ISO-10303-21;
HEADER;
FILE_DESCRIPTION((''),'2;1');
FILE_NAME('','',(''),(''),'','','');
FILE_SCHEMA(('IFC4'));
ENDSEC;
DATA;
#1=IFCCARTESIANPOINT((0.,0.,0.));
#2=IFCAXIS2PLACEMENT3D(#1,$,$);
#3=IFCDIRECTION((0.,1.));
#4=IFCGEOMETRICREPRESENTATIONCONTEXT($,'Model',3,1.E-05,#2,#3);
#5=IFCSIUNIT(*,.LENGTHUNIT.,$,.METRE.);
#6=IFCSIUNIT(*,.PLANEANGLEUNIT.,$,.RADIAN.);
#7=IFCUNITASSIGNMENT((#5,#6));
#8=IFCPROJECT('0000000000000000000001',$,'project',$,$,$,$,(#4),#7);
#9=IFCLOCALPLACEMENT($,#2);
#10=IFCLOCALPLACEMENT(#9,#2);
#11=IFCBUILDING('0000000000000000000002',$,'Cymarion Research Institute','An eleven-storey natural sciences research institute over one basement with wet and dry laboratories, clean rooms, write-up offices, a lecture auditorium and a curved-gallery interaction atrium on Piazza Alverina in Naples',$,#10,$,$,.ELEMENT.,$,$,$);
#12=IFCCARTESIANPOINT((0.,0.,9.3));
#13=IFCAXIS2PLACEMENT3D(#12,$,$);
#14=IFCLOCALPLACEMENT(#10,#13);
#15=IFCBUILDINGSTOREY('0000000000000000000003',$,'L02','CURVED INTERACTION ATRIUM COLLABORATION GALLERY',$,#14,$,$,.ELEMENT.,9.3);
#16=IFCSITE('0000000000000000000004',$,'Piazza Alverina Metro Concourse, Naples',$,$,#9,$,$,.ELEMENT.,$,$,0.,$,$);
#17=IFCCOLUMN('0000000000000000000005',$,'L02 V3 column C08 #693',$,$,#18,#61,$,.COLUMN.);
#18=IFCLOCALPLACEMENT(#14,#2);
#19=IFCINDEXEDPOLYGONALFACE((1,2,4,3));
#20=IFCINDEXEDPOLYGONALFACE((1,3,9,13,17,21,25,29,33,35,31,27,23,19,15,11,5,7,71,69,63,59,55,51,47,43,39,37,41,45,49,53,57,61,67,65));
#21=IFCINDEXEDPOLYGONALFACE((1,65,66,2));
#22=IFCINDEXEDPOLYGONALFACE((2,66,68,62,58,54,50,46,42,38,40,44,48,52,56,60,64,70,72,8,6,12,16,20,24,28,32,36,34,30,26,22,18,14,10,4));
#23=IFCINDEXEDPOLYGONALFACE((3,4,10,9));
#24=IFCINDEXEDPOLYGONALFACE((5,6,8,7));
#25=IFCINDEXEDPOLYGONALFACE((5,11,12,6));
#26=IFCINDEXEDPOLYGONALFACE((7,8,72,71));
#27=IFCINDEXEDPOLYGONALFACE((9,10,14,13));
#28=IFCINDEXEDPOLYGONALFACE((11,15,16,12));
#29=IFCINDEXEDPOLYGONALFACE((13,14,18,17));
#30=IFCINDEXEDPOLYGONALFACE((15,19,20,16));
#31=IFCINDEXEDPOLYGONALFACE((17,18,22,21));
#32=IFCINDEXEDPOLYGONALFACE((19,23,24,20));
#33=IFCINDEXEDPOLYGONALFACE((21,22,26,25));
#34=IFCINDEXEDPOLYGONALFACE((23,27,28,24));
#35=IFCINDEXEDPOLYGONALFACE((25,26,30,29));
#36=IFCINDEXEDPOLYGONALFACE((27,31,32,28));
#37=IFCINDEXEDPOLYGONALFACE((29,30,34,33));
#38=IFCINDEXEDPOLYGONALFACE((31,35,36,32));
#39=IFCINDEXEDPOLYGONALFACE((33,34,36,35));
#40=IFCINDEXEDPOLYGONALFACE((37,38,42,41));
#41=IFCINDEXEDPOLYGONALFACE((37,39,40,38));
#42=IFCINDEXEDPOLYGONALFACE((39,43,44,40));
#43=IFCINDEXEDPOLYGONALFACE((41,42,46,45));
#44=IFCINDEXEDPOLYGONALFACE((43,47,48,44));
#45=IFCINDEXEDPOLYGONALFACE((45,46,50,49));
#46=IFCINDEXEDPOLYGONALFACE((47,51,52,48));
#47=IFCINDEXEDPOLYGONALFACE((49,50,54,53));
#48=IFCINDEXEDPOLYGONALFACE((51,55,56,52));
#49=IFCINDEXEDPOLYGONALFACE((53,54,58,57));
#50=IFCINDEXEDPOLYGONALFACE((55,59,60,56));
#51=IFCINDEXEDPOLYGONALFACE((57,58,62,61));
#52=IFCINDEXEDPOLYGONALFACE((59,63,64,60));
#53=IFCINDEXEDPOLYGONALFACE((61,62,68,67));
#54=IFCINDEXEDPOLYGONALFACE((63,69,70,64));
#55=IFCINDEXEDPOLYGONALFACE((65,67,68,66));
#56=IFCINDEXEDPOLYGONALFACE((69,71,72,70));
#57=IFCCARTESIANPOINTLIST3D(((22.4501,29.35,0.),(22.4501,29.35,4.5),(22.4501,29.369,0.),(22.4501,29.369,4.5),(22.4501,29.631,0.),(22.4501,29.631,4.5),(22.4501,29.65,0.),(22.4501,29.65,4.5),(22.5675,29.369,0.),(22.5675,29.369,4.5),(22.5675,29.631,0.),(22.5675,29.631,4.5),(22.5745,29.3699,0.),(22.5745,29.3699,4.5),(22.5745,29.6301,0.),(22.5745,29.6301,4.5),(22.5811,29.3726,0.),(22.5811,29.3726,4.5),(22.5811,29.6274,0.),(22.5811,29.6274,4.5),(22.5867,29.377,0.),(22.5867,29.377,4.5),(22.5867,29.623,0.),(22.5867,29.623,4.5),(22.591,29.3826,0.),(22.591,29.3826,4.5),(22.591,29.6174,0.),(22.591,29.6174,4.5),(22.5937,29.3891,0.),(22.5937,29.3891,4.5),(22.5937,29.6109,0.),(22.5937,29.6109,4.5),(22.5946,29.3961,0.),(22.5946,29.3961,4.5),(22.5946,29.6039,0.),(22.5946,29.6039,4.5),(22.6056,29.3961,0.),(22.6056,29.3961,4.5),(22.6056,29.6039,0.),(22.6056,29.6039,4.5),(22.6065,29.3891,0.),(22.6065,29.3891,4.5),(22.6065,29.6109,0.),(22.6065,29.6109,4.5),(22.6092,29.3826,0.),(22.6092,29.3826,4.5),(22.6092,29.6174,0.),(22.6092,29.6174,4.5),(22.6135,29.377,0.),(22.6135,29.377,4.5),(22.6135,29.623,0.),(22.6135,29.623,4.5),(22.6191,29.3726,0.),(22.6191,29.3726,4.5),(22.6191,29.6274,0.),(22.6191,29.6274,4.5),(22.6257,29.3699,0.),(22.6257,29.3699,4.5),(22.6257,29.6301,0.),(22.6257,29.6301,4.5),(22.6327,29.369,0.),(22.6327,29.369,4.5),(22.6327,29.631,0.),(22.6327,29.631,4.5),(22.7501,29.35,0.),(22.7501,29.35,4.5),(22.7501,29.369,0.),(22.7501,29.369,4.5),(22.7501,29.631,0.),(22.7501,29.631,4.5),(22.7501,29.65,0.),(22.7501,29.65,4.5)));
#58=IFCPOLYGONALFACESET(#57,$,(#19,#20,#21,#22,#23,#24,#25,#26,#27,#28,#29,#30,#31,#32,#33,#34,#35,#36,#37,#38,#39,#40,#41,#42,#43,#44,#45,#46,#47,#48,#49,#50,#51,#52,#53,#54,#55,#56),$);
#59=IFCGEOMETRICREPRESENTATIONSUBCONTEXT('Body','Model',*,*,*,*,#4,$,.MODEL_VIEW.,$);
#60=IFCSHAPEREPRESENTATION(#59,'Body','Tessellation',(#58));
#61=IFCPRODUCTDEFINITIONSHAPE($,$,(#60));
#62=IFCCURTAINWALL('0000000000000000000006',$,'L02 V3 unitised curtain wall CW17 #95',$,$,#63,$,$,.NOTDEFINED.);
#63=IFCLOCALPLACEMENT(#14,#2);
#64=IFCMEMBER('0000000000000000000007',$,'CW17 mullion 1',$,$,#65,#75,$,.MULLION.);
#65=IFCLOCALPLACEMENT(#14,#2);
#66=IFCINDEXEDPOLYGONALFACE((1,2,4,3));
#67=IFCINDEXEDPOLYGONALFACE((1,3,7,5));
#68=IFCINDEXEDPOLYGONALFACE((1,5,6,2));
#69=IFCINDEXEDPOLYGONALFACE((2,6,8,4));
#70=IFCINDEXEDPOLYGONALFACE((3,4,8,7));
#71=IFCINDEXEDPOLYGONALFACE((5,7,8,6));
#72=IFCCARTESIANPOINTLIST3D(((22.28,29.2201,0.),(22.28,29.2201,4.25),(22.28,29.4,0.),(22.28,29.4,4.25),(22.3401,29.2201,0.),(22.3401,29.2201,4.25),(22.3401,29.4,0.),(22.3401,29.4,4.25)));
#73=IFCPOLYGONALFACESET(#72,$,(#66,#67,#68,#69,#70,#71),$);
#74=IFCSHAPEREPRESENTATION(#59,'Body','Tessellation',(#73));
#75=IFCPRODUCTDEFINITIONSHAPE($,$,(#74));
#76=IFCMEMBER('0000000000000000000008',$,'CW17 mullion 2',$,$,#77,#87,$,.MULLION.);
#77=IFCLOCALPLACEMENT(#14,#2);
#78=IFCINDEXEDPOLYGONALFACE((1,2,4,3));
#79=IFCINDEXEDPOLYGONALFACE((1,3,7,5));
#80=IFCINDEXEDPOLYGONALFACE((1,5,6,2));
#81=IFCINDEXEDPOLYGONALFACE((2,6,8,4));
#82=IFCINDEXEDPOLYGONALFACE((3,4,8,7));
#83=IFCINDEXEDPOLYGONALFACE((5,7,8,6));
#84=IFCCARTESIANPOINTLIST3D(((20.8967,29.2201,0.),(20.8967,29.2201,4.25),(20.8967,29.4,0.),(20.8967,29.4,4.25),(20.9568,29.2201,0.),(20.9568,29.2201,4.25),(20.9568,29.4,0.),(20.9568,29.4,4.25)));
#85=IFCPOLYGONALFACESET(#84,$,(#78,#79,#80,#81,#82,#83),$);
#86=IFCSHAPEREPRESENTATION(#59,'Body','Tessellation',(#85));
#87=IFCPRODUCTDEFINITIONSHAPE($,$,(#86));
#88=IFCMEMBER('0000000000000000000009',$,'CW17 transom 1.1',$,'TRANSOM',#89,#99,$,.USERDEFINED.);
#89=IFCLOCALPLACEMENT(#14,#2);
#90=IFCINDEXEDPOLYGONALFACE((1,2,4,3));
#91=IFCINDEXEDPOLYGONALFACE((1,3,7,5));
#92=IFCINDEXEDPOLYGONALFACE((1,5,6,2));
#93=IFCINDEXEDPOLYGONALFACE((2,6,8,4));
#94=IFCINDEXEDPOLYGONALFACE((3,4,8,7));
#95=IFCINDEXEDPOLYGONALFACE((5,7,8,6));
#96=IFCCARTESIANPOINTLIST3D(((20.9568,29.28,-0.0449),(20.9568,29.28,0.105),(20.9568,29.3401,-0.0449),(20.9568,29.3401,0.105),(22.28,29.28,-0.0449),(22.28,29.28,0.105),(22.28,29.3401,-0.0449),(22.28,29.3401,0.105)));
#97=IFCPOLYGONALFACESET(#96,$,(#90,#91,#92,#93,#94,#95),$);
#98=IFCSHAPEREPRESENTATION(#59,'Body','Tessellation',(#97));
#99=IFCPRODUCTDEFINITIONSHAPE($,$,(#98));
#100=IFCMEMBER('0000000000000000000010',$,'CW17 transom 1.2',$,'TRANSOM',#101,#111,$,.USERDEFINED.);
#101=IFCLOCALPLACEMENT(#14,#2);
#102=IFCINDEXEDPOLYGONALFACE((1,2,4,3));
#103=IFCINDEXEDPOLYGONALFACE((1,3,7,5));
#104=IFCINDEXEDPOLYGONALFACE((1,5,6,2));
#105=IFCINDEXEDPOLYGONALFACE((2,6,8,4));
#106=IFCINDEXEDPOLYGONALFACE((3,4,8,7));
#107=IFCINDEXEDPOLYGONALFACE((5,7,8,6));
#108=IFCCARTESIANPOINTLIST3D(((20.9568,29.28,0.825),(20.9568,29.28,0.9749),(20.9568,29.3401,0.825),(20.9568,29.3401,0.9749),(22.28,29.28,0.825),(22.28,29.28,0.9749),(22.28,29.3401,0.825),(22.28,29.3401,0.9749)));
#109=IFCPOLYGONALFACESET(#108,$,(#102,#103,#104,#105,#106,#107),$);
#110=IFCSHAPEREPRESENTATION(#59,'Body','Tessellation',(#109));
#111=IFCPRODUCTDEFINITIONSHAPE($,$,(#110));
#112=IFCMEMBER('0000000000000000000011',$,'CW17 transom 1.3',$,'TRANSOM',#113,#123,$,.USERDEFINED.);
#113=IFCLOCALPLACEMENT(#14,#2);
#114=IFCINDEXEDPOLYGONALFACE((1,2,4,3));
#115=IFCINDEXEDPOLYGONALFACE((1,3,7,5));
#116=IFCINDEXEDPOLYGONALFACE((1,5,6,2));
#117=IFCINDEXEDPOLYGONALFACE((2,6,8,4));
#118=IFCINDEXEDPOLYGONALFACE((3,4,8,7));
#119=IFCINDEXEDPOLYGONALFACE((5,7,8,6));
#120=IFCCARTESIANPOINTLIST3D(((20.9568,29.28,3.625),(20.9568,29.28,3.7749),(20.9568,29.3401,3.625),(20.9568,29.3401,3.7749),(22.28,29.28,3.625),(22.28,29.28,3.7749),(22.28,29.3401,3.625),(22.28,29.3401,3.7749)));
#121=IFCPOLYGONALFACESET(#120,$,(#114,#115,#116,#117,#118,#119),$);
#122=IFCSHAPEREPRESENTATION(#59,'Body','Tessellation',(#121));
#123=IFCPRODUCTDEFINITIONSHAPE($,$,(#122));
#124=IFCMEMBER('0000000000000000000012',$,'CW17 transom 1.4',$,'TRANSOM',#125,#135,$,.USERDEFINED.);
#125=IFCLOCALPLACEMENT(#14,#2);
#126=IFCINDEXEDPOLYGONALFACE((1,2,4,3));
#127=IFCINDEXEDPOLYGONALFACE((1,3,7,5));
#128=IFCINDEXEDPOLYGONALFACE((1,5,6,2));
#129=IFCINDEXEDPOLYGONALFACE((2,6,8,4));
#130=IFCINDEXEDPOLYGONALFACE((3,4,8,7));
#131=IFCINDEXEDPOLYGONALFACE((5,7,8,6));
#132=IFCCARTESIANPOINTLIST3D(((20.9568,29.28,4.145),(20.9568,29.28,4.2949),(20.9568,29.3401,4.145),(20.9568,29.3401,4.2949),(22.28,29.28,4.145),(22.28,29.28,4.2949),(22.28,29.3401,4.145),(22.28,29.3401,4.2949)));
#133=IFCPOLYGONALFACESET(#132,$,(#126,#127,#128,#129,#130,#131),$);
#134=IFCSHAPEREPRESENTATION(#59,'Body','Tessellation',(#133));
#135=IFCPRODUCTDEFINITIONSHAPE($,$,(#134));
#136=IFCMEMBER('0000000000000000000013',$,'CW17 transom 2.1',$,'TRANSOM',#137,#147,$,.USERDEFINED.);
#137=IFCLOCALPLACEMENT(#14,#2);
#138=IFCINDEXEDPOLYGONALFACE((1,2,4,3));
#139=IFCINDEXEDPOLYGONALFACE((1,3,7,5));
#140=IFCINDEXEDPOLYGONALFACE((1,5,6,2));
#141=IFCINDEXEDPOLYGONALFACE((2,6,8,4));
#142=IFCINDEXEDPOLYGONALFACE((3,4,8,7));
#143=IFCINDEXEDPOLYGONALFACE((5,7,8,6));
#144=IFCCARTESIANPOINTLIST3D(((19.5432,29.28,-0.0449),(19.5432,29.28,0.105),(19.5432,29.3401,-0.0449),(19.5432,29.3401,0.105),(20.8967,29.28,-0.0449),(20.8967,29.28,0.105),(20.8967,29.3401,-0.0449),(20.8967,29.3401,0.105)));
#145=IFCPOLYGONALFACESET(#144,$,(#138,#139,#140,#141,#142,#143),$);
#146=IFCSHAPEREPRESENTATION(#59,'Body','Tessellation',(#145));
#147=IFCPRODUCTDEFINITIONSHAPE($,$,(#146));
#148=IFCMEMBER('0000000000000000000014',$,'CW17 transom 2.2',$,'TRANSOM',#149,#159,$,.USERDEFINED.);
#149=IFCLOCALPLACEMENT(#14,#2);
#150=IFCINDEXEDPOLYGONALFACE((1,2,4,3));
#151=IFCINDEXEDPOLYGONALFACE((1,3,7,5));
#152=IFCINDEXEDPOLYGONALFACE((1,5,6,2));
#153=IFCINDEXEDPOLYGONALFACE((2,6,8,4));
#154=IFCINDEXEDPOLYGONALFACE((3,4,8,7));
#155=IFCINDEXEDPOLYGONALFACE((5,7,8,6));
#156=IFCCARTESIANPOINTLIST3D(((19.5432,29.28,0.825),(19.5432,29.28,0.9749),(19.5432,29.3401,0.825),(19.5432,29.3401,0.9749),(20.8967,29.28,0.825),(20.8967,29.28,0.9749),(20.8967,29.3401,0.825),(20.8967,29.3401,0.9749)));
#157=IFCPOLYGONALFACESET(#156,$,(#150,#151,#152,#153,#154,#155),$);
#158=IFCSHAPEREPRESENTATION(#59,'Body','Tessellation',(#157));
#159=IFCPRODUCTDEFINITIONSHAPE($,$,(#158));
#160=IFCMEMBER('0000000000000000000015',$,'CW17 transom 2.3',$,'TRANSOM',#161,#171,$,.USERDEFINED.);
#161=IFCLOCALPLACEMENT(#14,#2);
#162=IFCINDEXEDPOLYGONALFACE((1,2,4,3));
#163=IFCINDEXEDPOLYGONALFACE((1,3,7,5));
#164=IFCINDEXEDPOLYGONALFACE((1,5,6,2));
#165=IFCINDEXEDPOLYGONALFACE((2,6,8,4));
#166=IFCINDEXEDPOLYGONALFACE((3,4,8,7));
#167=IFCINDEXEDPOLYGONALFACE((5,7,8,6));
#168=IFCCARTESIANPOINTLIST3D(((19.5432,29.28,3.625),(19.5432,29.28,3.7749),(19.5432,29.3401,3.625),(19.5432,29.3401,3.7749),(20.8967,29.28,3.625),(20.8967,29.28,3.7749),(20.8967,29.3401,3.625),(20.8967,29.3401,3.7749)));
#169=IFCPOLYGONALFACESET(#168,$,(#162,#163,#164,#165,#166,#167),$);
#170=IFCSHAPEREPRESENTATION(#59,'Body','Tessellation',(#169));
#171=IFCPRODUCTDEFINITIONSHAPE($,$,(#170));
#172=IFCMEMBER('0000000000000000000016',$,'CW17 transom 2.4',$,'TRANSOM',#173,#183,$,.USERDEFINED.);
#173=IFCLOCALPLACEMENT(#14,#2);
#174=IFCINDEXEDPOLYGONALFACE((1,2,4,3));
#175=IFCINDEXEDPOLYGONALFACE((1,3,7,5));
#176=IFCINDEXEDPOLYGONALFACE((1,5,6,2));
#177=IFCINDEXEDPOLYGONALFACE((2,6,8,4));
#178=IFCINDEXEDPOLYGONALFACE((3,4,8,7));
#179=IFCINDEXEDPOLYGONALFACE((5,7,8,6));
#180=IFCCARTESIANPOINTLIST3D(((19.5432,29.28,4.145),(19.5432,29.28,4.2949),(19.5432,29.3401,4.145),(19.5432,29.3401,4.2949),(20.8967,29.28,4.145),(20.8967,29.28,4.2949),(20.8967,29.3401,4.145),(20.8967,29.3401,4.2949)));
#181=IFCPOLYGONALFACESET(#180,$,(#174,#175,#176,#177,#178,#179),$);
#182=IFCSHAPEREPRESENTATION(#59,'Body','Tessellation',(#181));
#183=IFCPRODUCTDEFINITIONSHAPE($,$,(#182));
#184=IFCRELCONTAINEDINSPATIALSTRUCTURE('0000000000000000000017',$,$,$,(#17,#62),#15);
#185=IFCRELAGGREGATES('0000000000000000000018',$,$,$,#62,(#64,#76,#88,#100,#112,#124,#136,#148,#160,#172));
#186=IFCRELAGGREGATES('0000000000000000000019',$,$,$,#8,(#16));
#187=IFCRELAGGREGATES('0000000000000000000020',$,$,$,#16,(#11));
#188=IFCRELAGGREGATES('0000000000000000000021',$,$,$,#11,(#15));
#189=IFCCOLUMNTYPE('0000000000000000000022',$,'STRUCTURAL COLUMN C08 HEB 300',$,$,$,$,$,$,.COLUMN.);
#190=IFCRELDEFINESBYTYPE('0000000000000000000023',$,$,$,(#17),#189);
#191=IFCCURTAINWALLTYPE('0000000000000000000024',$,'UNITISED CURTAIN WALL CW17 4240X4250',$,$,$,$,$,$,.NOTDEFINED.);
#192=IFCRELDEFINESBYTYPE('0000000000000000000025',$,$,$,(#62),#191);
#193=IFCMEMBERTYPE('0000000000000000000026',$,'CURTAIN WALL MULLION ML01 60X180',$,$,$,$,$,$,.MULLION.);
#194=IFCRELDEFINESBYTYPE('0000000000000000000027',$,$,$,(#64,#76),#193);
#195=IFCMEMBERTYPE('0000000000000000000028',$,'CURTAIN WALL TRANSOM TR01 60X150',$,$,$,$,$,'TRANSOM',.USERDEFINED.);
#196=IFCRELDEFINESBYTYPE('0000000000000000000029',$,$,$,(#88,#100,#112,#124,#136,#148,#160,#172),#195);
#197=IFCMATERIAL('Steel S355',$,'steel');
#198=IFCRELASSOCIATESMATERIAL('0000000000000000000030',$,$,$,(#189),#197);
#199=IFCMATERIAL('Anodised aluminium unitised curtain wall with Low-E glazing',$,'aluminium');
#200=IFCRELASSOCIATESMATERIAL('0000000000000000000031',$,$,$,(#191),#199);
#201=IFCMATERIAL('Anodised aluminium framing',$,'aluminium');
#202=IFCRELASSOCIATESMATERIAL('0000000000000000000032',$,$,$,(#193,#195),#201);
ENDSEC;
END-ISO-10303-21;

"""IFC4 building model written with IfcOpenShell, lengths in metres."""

from ifc_helpers import new_model, si_unit, direction, frame, origin, origin_2d, place, context, subcontext, project, spatial, rectangle, i_section, extrude, material, material_profile, profile_set, type_object, element, aggregate, save


model = new_model("IFC4")

# Units and contexts
model_context = context("Model", 3, precision=1e-05, world=origin(), true_north=direction((0.0, 1.0)))
body_context = subcontext(model_context, "Body", "Model", "MODEL_VIEW")
ifc_project = project(units=[si_unit("LENGTHUNIT", "METRE"), si_unit("PLANEANGLEUNIT", "RADIAN")], contexts=[model_context])

# Site, building, storey
site_placement = place(None, origin())
site = spatial("IfcSite", under=ifc_project, at=site_placement, Name="Piazza Alverina Metro Concourse, Naples", CompositionType="ELEMENT", RefElevation=0.0)
building_placement = place(site_placement, origin())
building = spatial("IfcBuilding", under=site, at=building_placement, Name="Cymarion Research Institute", Description="An eleven-storey natural sciences research institute over one basement with wet and dry laboratories, clean rooms, write-up offices, a lecture auditorium and a curved-gallery interaction atrium on Piazza Alverina in Naples", CompositionType="ELEMENT")
storey_placement = place(building_placement, frame((0.0, 0.0, 9.3)))
storey = spatial("IfcBuildingStorey", under=building, at=storey_placement, Name="L02", Description="CURVED INTERACTION ATRIUM COLLABORATION GALLERY", CompositionType="ELEMENT", Elevation=9.3)

# Column
ifc_material_1 = material(Name="Steel S355", Category="steel")
ifc_material_profile_1 = material_profile(ifc_material_1, i_section(OverallWidth=0.3, OverallDepth=0.3, WebThickness=0.011, FlangeThickness=0.019, FilletRadius=0.0271, at=origin_2d()), Name="HEB 300")
ifc_profile_set_1 = profile_set([ifc_material_profile_1], Name="Steel S355")
column_type = type_object("IfcColumnType", Name="STRUCTURAL COLUMN C08 HEB 300", PredefinedType="COLUMN", material=ifc_profile_set_1)
column_placement = place(storey_placement, frame((22.6001, 29.5, 0.0), z_axis=(0.0, 0.0, 1.0), x_axis=(1.0, 0.0, 0.0)))
element("IfcColumn", 1, at=column_placement, inside=storey, type_object=column_type, Name="L02 V3 column C08 #693", PredefinedType="COLUMN", context=body_context, shape_type="SweptSolid", body=[
    extrude(i_section(OverallWidth=0.3, OverallDepth=0.3, WebThickness=0.011, FlangeThickness=0.019, FilletRadius=0.0271, at=origin_2d()), origin(), (0.0, 0.0, 1.0), 4.5),
])

# Curtain wall, members
ifc_material_2 = material(Name="Anodised aluminium unitised curtain wall with Low-E glazing", Category="aluminium")
curtain_wall_type = type_object("IfcCurtainWallType", Name="UNITISED CURTAIN WALL CW17 4240X4250", PredefinedType="NOTDEFINED", material=ifc_material_2)
curtain_wall_placement = place(storey_placement, origin())
curtain_wall = element("IfcCurtainWall", 2, at=curtain_wall_placement, inside=storey, type_object=curtain_wall_type, Name="L02 V3 unitised curtain wall CW17 #95", PredefinedType="NOTDEFINED")
ifc_material_3 = material(Name="Anodised aluminium framing", Category="aluminium")
ifc_material_profile_2 = material_profile(ifc_material_3, rectangle(XDim=0.0601, YDim=0.1799, at=origin_2d()), Name="ALU MULLION 60x180")
ifc_profile_set_2 = profile_set([ifc_material_profile_2], Name="Anodised aluminium framing")
member_type_1 = type_object("IfcMemberType", Name="CURTAIN WALL MULLION ML01 60X180", PredefinedType="MULLION", material=ifc_profile_set_2)
member_1_placement = place(storey_placement, frame((22.3101, 29.3101, 0.0), z_axis=(0.0, 0.0, 1.0), x_axis=(-1.0, 0.0, 0.0)))
member_1 = element("IfcMember", 3, at=member_1_placement, type_object=member_type_1, Name="CW17 mullion 1", PredefinedType="MULLION", context=body_context, shape_type="SweptSolid", body=[
    extrude(rectangle(XDim=0.0601, YDim=0.1799, at=origin_2d()), origin(), (0.0, 0.0, 1.0), 4.25),
])
member_2_placement = place(storey_placement, frame((20.9268, 29.3101, 0.0), z_axis=(0.0, 0.0, 1.0), x_axis=(-1.0, 0.0, 0.0)))
member_2 = element("IfcMember", 4, at=member_2_placement, type_object=member_type_1, Name="CW17 mullion 2", PredefinedType="MULLION", context=body_context, shape_type="SweptSolid", body=[
    extrude(rectangle(XDim=0.0601, YDim=0.1799, at=origin_2d()), origin(), (0.0, 0.0, 1.0), 4.25),
])
ifc_material_profile_3 = material_profile(ifc_material_3, rectangle(XDim=0.0601, YDim=0.1499, at=origin_2d()), Name="ALU TRANSOM 60x150")
ifc_profile_set_3 = profile_set([ifc_material_profile_3], Name="Anodised aluminium framing")
member_type_2 = type_object("IfcMemberType", Name="CURTAIN WALL TRANSOM TR01 60X150", ElementType="TRANSOM", PredefinedType="USERDEFINED", material=ifc_profile_set_3)
member_3_placement = place(storey_placement, frame((22.28, 29.3101, 0.03), z_axis=(-1.0, 0.0, 0.0), x_axis=(0.0, -1.0, 0.0)))
member_3 = element("IfcMember", 5, at=member_3_placement, type_object=member_type_2, Name="CW17 transom 1.1", ObjectType="TRANSOM", PredefinedType="USERDEFINED", context=body_context, shape_type="SweptSolid", body=[
    extrude(rectangle(XDim=0.0601, YDim=0.1499, at=origin_2d()), origin(), (0.0, 0.0, 1.0), 1.3232),
])
member_4_placement = place(storey_placement, frame((22.28, 29.3101, 0.8999), z_axis=(-1.0, 0.0, 0.0), x_axis=(0.0, -1.0, 0.0)))
member_4 = element("IfcMember", 6, at=member_4_placement, type_object=member_type_2, Name="CW17 transom 1.2", ObjectType="TRANSOM", PredefinedType="USERDEFINED", context=body_context, shape_type="SweptSolid", body=[
    extrude(rectangle(XDim=0.0601, YDim=0.1499, at=origin_2d()), origin(), (0.0, 0.0, 1.0), 1.3232),
])
member_5_placement = place(storey_placement, frame((22.28, 29.3101, 3.7), z_axis=(-1.0, 0.0, 0.0), x_axis=(0.0, -1.0, 0.0)))
member_5 = element("IfcMember", 7, at=member_5_placement, type_object=member_type_2, Name="CW17 transom 1.3", ObjectType="TRANSOM", PredefinedType="USERDEFINED", context=body_context, shape_type="SweptSolid", body=[
    extrude(rectangle(XDim=0.0601, YDim=0.1499, at=origin_2d()), origin(), (0.0, 0.0, 1.0), 1.3232),
])
member_6_placement = place(storey_placement, frame((22.28, 29.3101, 4.22), z_axis=(-1.0, 0.0, 0.0), x_axis=(0.0, -1.0, 0.0)))
member_6 = element("IfcMember", 8, at=member_6_placement, type_object=member_type_2, Name="CW17 transom 1.4", ObjectType="TRANSOM", PredefinedType="USERDEFINED", context=body_context, shape_type="SweptSolid", body=[
    extrude(rectangle(XDim=0.0601, YDim=0.1499, at=origin_2d()), origin(), (0.0, 0.0, 1.0), 1.3232),
])
member_7_placement = place(storey_placement, frame((20.8967, 29.3101, 0.03), z_axis=(-1.0, 0.0, 0.0), x_axis=(0.0, -1.0, 0.0)))
member_7 = element("IfcMember", 9, at=member_7_placement, type_object=member_type_2, Name="CW17 transom 2.1", ObjectType="TRANSOM", PredefinedType="USERDEFINED", context=body_context, shape_type="SweptSolid", body=[
    extrude(rectangle(XDim=0.0601, YDim=0.1499, at=origin_2d()), origin(), (0.0, 0.0, 1.0), 1.3535),
])
member_8_placement = place(storey_placement, frame((20.8967, 29.3101, 0.8999), z_axis=(-1.0, 0.0, 0.0), x_axis=(0.0, -1.0, 0.0)))
member_8 = element("IfcMember", 10, at=member_8_placement, type_object=member_type_2, Name="CW17 transom 2.2", ObjectType="TRANSOM", PredefinedType="USERDEFINED", context=body_context, shape_type="SweptSolid", body=[
    extrude(rectangle(XDim=0.0601, YDim=0.1499, at=origin_2d()), origin(), (0.0, 0.0, 1.0), 1.3535),
])
member_9_placement = place(storey_placement, frame((20.8967, 29.3101, 3.7), z_axis=(-1.0, 0.0, 0.0), x_axis=(0.0, -1.0, 0.0)))
member_9 = element("IfcMember", 11, at=member_9_placement, type_object=member_type_2, Name="CW17 transom 2.3", ObjectType="TRANSOM", PredefinedType="USERDEFINED", context=body_context, shape_type="SweptSolid", body=[
    extrude(rectangle(XDim=0.0601, YDim=0.1499, at=origin_2d()), origin(), (0.0, 0.0, 1.0), 1.3535),
])
member_10_placement = place(storey_placement, frame((20.8967, 29.3101, 4.22), z_axis=(-1.0, 0.0, 0.0), x_axis=(0.0, -1.0, 0.0)))
member_10 = element("IfcMember", 12, at=member_10_placement, type_object=member_type_2, Name="CW17 transom 2.4", ObjectType="TRANSOM", PredefinedType="USERDEFINED", context=body_context, shape_type="SweptSolid", body=[
    extrude(rectangle(XDim=0.0601, YDim=0.1499, at=origin_2d()), origin(), (0.0, 0.0, 1.0), 1.3535),
])

aggregate(curtain_wall, [member_1, member_2, member_3, member_4, member_5, member_6, member_7, member_8, member_9, member_10])

save(model, "model.ifc")
